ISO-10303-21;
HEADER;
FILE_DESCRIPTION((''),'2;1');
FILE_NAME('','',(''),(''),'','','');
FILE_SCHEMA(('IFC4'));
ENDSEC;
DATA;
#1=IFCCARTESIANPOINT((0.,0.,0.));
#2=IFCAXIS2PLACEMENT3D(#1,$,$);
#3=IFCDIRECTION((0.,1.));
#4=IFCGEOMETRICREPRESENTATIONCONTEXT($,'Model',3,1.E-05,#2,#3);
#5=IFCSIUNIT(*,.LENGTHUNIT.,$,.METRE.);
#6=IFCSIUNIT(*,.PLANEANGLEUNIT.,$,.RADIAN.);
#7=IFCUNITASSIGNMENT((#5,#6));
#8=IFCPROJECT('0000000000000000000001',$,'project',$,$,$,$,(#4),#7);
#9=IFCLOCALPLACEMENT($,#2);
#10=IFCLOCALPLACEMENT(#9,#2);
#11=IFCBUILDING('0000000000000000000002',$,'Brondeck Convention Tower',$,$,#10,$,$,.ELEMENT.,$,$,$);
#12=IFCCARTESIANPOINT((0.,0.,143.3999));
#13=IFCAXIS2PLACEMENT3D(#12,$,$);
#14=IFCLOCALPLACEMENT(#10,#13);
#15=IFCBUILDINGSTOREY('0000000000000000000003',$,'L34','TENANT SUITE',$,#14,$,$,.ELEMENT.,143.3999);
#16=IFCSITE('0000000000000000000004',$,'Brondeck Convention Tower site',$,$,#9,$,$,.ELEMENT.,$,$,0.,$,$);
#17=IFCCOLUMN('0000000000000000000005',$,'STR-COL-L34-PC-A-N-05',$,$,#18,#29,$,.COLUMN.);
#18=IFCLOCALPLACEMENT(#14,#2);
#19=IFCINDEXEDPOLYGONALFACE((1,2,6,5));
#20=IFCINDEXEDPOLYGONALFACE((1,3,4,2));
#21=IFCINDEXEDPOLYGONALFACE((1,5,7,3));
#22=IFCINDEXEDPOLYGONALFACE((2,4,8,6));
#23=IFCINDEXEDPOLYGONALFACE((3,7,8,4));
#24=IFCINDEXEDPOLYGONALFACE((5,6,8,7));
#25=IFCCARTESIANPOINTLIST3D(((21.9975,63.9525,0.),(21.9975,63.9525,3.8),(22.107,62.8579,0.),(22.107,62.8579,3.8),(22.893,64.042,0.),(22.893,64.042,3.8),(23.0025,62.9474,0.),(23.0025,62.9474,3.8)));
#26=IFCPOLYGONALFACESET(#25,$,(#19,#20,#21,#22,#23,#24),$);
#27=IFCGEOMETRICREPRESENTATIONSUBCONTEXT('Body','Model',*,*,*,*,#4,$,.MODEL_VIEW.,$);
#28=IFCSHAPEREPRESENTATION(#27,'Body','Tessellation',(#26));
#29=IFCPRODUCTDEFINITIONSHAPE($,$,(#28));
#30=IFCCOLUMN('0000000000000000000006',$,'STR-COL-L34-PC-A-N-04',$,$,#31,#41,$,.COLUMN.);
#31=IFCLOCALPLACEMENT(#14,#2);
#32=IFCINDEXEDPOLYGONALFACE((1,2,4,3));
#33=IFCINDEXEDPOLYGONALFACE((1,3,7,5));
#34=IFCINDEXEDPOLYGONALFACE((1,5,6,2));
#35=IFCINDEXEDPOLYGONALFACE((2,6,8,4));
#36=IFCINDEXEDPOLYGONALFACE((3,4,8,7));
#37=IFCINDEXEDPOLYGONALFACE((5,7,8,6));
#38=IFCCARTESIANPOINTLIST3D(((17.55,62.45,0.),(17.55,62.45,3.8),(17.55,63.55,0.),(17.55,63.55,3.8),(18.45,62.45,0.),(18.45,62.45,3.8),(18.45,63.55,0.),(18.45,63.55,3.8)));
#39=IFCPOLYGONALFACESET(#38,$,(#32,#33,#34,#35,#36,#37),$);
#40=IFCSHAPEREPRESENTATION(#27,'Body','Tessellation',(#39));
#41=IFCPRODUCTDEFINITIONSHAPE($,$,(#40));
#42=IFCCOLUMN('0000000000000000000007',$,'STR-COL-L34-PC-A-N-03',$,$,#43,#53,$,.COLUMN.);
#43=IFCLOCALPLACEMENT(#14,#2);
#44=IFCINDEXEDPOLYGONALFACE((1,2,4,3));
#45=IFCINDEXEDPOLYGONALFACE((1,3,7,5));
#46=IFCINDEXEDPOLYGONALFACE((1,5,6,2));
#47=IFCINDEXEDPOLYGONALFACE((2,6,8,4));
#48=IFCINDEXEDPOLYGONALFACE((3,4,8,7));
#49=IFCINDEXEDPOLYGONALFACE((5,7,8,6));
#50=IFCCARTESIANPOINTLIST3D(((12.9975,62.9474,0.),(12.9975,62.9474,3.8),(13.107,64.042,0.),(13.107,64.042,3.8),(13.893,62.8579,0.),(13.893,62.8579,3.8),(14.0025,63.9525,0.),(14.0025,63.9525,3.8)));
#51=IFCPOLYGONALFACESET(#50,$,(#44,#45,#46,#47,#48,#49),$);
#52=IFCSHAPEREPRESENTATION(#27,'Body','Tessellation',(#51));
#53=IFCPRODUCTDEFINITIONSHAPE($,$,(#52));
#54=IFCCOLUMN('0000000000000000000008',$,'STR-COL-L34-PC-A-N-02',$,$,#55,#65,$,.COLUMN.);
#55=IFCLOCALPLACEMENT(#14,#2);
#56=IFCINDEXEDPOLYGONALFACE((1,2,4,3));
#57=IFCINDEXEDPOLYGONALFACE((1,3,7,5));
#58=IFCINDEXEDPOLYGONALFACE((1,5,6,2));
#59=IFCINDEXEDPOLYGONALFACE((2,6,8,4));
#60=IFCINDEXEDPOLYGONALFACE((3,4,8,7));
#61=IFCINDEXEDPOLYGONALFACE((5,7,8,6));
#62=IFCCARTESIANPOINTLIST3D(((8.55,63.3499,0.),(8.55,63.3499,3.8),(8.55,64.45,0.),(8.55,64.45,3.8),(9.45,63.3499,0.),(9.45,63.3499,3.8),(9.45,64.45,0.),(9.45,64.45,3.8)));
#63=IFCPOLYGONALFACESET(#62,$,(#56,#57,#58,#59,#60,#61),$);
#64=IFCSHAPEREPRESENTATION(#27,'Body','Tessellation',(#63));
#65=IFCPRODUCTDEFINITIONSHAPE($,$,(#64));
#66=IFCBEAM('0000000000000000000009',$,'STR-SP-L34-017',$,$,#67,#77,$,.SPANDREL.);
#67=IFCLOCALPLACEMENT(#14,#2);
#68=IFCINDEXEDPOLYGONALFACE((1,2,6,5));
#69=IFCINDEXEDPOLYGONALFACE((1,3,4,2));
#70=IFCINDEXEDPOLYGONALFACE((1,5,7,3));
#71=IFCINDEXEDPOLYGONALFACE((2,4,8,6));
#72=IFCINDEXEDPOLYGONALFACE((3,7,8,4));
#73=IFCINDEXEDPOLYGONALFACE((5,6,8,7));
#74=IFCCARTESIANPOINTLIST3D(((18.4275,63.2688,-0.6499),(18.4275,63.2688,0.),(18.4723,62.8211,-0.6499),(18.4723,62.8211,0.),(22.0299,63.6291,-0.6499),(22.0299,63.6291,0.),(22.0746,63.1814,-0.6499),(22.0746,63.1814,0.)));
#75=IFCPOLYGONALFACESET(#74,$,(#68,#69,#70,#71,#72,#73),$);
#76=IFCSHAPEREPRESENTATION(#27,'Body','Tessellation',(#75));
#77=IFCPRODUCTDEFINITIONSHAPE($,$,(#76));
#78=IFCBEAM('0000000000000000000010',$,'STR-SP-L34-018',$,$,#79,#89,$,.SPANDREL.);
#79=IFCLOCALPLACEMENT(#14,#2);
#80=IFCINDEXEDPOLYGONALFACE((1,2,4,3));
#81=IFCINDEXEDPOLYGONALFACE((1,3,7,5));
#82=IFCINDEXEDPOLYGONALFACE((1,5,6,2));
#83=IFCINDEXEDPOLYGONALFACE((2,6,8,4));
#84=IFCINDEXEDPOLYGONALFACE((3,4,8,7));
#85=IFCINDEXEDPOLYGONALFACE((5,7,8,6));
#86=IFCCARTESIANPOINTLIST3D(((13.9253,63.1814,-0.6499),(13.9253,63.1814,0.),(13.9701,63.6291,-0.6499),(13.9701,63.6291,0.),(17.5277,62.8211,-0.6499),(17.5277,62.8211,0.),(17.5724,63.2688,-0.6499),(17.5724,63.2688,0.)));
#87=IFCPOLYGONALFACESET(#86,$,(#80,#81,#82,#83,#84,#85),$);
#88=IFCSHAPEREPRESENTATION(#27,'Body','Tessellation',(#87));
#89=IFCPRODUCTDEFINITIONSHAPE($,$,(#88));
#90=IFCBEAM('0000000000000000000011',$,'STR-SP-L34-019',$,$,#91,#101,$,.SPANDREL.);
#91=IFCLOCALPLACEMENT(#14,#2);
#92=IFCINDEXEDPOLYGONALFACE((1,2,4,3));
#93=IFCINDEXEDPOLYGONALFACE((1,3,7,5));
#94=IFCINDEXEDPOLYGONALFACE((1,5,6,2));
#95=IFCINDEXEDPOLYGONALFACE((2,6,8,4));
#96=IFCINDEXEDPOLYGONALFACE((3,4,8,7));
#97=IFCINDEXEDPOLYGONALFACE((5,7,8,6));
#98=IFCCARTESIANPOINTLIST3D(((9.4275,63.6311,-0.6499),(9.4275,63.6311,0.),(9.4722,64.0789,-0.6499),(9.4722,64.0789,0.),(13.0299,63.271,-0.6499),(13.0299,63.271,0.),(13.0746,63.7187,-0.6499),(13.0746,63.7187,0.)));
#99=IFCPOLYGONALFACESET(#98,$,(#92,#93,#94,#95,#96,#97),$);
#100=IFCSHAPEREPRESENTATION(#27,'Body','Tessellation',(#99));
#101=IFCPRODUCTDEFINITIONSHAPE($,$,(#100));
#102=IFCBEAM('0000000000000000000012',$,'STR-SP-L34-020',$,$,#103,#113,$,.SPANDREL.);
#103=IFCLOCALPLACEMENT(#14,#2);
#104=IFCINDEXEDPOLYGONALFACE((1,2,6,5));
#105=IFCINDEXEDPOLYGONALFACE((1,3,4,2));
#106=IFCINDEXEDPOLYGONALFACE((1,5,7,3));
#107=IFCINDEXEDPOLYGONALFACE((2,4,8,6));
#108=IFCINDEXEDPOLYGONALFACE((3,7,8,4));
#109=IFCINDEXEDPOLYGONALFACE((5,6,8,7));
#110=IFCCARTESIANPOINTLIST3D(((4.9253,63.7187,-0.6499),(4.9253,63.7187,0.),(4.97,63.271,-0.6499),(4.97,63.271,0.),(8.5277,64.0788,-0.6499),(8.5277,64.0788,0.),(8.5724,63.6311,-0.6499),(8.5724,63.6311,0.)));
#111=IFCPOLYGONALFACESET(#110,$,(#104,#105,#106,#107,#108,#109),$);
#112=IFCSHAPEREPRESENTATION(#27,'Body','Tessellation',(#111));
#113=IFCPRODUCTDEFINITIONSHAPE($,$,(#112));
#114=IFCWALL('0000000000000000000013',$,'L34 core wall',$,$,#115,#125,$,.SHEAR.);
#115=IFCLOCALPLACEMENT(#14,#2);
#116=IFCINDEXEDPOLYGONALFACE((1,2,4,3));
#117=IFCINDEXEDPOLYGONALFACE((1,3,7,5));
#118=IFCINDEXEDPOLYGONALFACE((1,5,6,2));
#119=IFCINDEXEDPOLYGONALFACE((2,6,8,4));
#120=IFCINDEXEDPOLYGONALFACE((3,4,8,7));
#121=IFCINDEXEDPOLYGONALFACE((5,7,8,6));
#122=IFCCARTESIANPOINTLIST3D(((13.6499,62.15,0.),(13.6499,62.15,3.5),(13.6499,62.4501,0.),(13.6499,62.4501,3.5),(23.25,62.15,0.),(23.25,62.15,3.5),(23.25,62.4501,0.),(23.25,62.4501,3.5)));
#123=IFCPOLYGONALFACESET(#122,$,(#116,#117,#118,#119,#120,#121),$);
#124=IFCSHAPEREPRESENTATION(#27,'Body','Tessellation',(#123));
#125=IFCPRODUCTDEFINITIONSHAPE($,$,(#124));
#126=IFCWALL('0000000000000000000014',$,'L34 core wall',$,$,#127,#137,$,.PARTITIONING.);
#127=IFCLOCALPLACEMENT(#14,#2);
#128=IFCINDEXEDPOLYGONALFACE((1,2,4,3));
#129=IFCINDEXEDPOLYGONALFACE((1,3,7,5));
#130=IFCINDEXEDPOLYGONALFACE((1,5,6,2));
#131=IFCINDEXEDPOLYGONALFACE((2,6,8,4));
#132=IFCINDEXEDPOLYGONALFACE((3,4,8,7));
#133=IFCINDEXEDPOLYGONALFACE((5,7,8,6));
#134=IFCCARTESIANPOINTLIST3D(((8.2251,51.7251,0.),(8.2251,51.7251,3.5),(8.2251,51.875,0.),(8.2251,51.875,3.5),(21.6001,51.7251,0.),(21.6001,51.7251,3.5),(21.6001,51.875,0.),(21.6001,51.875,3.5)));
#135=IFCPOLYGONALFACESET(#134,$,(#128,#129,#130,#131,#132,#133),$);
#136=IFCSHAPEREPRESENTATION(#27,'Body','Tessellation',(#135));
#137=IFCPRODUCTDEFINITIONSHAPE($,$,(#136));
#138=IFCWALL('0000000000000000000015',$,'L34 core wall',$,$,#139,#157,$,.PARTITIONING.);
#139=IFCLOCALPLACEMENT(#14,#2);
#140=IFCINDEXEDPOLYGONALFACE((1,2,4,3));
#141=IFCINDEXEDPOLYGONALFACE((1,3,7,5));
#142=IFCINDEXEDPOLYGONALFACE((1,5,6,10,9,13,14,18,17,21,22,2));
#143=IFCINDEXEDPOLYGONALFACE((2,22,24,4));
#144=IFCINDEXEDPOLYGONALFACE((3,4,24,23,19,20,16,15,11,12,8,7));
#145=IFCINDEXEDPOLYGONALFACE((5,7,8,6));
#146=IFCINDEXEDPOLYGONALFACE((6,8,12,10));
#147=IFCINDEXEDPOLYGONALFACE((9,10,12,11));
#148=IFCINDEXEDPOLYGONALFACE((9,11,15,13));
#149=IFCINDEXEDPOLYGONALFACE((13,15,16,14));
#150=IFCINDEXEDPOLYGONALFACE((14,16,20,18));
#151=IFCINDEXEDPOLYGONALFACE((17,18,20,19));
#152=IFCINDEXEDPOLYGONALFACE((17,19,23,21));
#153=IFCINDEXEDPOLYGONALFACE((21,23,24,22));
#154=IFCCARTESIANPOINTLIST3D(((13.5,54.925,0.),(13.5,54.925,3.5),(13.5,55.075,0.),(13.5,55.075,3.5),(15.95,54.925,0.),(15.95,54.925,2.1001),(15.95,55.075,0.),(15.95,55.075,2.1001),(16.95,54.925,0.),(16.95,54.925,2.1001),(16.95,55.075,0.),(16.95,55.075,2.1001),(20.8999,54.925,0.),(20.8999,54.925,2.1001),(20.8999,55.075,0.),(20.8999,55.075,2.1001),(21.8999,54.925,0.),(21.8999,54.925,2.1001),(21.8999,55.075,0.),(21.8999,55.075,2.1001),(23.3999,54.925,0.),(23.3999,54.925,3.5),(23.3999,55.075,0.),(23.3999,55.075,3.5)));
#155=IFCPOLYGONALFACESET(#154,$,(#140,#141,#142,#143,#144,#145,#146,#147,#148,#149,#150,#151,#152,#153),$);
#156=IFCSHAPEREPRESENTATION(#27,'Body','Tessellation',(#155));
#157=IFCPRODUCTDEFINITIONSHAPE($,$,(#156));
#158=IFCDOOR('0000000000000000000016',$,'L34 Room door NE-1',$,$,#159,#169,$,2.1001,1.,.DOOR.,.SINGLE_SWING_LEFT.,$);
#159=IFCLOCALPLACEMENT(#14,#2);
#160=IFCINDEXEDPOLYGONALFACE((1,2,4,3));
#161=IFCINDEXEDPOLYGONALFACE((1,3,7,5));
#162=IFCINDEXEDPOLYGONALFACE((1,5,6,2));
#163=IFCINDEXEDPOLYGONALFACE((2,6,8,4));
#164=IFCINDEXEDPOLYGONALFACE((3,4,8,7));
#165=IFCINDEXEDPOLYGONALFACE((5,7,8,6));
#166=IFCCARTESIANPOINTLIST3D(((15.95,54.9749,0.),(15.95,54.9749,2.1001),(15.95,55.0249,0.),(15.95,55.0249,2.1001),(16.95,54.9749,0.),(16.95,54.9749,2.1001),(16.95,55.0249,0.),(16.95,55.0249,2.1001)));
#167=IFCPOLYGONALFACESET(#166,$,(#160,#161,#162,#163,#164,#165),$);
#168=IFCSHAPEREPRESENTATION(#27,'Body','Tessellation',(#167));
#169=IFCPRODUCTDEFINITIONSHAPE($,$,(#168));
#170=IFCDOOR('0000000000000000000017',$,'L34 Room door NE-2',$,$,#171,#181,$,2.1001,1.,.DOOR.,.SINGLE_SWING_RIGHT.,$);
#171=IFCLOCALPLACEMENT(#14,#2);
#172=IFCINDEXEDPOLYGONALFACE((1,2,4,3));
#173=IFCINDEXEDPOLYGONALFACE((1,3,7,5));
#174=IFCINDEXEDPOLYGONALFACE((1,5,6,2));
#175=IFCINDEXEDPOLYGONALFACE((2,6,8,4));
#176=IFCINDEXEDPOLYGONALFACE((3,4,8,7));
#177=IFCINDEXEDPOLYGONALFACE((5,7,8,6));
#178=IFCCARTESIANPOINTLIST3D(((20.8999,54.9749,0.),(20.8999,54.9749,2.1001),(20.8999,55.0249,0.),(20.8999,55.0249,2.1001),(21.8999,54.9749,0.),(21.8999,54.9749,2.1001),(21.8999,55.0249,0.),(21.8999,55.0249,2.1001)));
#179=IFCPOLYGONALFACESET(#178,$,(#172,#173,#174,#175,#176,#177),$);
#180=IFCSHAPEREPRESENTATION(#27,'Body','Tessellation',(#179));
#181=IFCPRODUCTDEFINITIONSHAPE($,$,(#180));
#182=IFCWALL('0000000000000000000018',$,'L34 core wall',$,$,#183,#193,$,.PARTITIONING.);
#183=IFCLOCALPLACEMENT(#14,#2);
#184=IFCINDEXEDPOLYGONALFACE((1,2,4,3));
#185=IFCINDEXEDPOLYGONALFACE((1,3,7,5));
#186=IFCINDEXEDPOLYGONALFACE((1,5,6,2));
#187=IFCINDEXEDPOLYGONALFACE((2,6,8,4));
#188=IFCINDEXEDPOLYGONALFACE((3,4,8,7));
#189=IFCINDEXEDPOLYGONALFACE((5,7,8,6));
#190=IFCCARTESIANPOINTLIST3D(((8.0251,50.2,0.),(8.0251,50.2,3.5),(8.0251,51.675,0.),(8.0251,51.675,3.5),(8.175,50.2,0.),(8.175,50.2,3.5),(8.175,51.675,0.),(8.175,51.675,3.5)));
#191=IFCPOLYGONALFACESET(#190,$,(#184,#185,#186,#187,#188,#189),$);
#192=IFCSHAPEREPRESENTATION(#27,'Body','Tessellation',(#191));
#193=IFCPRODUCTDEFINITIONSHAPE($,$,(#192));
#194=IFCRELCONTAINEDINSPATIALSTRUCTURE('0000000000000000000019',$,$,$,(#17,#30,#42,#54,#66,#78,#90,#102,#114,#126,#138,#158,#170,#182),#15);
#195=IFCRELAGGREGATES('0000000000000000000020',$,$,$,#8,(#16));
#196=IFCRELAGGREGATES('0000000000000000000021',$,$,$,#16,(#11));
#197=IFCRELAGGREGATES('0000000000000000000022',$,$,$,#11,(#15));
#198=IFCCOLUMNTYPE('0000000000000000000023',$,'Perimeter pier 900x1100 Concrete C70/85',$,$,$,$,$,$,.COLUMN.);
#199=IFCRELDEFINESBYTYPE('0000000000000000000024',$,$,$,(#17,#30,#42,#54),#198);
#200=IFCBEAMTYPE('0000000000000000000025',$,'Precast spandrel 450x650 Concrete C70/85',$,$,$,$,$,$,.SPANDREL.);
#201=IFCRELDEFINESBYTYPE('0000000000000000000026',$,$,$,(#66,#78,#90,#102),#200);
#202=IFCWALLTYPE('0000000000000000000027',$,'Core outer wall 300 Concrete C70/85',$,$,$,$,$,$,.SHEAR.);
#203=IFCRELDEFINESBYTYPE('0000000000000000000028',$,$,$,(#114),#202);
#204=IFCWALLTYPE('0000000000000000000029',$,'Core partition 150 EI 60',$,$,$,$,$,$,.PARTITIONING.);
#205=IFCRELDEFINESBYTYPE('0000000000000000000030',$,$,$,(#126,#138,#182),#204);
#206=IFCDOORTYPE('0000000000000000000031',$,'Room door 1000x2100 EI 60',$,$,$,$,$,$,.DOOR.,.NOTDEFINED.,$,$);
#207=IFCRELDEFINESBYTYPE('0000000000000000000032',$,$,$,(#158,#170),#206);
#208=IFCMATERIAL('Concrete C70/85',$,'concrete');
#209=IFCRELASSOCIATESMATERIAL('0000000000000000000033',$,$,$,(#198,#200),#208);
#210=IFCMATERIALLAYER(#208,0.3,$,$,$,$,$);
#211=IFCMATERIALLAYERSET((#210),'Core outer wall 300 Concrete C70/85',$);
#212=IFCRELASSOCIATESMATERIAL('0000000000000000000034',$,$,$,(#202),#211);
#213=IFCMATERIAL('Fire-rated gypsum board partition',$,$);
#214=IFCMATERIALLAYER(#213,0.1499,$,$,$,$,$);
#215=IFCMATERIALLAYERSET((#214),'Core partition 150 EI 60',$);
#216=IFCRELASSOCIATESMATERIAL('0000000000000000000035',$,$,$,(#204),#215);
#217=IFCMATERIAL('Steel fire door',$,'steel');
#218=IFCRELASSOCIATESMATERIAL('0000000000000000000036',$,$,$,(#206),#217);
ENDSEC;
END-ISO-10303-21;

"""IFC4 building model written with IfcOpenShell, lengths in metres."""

from ifc_helpers import new_model, si_unit, direction, frame, frame_2d, origin, origin_2d, place, context, subcontext, project, spatial, rectangle, extrude, material, layer, layer_set, material_profile, profile_set, type_object, element, fill, save


model = new_model("IFC4")

# Units and contexts
model_context = context("Model", 3, precision=1e-05, world=origin(), true_north=direction((0.0, 1.0)))
body_context = subcontext(model_context, "Body", "Model", "MODEL_VIEW")
ifc_project = project(units=[si_unit("LENGTHUNIT", "METRE"), si_unit("PLANEANGLEUNIT", "RADIAN")], contexts=[model_context])

# Site, building, storey
site_placement = place(None, origin())
site = spatial("IfcSite", under=ifc_project, at=site_placement, Name="Brondeck Convention Tower site", CompositionType="ELEMENT", RefElevation=0.0)
building_placement = place(site_placement, origin())
building = spatial("IfcBuilding", under=site, at=building_placement, Name="Brondeck Convention Tower", CompositionType="ELEMENT")
storey_placement = place(building_placement, frame((0.0, 0.0, 143.3999)))
storey = spatial("IfcBuildingStorey", under=building, at=storey_placement, Name="L34", Description="TENANT SUITE", CompositionType="ELEMENT", Elevation=143.3999)

# Columns
ifc_material_1 = material(Name="Concrete C70/85", Category="concrete")
ifc_material_profile_1 = material_profile(ifc_material_1, rectangle(XDim=0.8999, YDim=1.1001, at=origin_2d()), Name="Perimeter pier 900x1100 Concrete C70/85")
ifc_profile_set_1 = profile_set([ifc_material_profile_1], Name="Concrete C70/85")
column_type = type_object("IfcColumnType", Name="Perimeter pier 900x1100 Concrete C70/85", PredefinedType="COLUMN", material=ifc_profile_set_1)
for number, where, z_axis, x_axis, name in (
    (1, (22.5, 63.45, 0.0), (0.0, 0.0, 1.0), (-0.995037, -0.099504, 0.0), "STR-COL-L34-PC-A-N-05"),
    (2, (18.0, 63.0, 0.0), (0.0, 0.0, 1.0), (-1.0, 0.0, 0.0), "STR-COL-L34-PC-A-N-04"),
    (3, (13.5, 63.45, 0.0), (0.0, 0.0, 1.0), (-0.995037, 0.099504, 0.0), "STR-COL-L34-PC-A-N-03"),
    (4, (9.0, 63.8999, 0.0), (0.0, 0.0, 1.0), (-1.0, 0.0, 0.0), "STR-COL-L34-PC-A-N-02"),
):
    element("IfcColumn", number, at=place(storey_placement, frame(where, z_axis=z_axis, x_axis=x_axis)), inside=storey, type_object=column_type, Name=name, PredefinedType="COLUMN", context=body_context, shape_type="SweptSolid", body=[
        extrude(rectangle(XDim=0.8999, YDim=1.1001, at=origin_2d()), origin(), (0.0, 0.0, 1.0), 3.8),
    ])

# Beams
ifc_material_profile_2 = material_profile(ifc_material_1, rectangle(XDim=0.45, YDim=0.6499, at=origin_2d()), Name="Precast spandrel 450x650 Concrete C70/85")
ifc_profile_set_2 = profile_set([ifc_material_profile_2], Name="Concrete C70/85")
beam_type = type_object("IfcBeamType", Name="Precast spandrel 450x650 Concrete C70/85", PredefinedType="SPANDREL", material=ifc_profile_set_2)
for number, where, z_axis, x_axis, name in (
    (5, (22.0522, 63.4053, -0.325), (-0.995034, -0.099537, 0.0), (0.099537, -0.995034, 0.0), "STR-SP-L34-017"),
    (6, (17.55, 63.0449, -0.325), (-0.995034, 0.099537, 0.0), (-0.099537, -0.995034, 0.0), "STR-SP-L34-018"),
    (7, (13.0522, 63.4949, -0.325), (-0.995041, 0.09947, 0.0), (-0.09947, -0.995041, 0.0), "STR-SP-L34-019"),
    (8, (8.55, 63.855, -0.325), (-0.995041, -0.09947, 0.0), (0.09947, -0.995041, 0.0), "STR-SP-L34-020"),
):
    element("IfcBeam", number, at=place(storey_placement, frame(where, z_axis=z_axis, x_axis=x_axis)), inside=storey, type_object=beam_type, Name=name, PredefinedType="SPANDREL", context=body_context, shape_type="SweptSolid", body=[
        extrude(rectangle(XDim=0.45, YDim=0.6499, at=origin_2d()), origin(), (0.0, 0.0, 1.0), 3.6204),
    ])

# Walls
ifc_layer_1 = layer(ifc_material_1, 0.3)
ifc_layer_set_1 = layer_set([ifc_layer_1], Name="Core outer wall 300 Concrete C70/85")
wall_type_1 = type_object("IfcWallType", Name="Core outer wall 300 Concrete C70/85", PredefinedType="SHEAR", material=ifc_layer_set_1)
wall_1_placement = place(storey_placement, frame((13.6499, 62.3, 0.0), z_axis=(0.0, 0.0, 1.0), x_axis=(1.0, 0.0, 0.0)))
element("IfcWall", 9, at=wall_1_placement, inside=storey, type_object=wall_type_1, Name="L34 core wall", PredefinedType="SHEAR", context=body_context, shape_type="SweptSolid", body=[
    extrude(rectangle(XDim=9.6001, YDim=0.3, at=frame_2d((4.8, 0.0))), origin(), (0.0, 0.0, 1.0), 3.5),
])
ifc_material_2 = material(Name="Fire-rated gypsum board partition")
ifc_layer_2 = layer(ifc_material_2, 0.1499)
ifc_layer_set_2 = layer_set([ifc_layer_2], Name="Core partition 150 EI 60")
wall_type_2 = type_object("IfcWallType", Name="Core partition 150 EI 60", PredefinedType="PARTITIONING", material=ifc_layer_set_2)
wall_2_placement = place(storey_placement, frame((8.2251, 51.8, 0.0), z_axis=(0.0, 0.0, 1.0), x_axis=(1.0, 0.0, 0.0)))
element("IfcWall", 10, at=wall_2_placement, inside=storey, type_object=wall_type_2, Name="L34 core wall", PredefinedType="PARTITIONING", context=body_context, shape_type="SweptSolid", body=[
    extrude(rectangle(XDim=13.375, YDim=0.1499, at=frame_2d((6.6875, 0.0))), origin(), (0.0, 0.0, 1.0), 3.5),
])

# Wall, openings, doors
wall_3_placement = place(storey_placement, frame((13.5, 55.0, 0.0), z_axis=(0.0, 0.0, 1.0), x_axis=(1.0, 0.0, 0.0)))
wall_3 = element("IfcWall", 11, at=wall_3_placement, inside=storey, type_object=wall_type_2, Name="L34 core wall", PredefinedType="PARTITIONING", context=body_context, shape_type="SweptSolid", body=[
    extrude(rectangle(XDim=9.8999, YDim=0.1499, at=frame_2d((4.95, 0.0))), origin(), (0.0, 0.0, 1.0), 3.5),
])
opening_1_placement = place(wall_3_placement, frame((2.45, 0.0, 0.0)))
opening_1 = element("IfcOpeningElement", 12, at=opening_1_placement, cuts=wall_3, PredefinedType="OPENING", context=body_context, shape_type="SweptSolid", body=[
    extrude(rectangle(XDim=1.0, YDim=2.1001, at=frame_2d((0.5, 1.05))), frame((0.0, 0.085, 0.0), z_axis=(0.0, -1.0, 0.0), x_axis=(1.0, 0.0, 0.0)), (0.0, 0.0, 1.0), 0.1699),
])
opening_2_placement = place(wall_3_placement, frame((7.3999, 0.0, 0.0)))
opening_2 = element("IfcOpeningElement", 13, at=opening_2_placement, cuts=wall_3, PredefinedType="OPENING", context=body_context, shape_type="SweptSolid", body=[
    extrude(rectangle(XDim=1.0, YDim=2.1001, at=frame_2d((0.5, 1.05))), frame((0.0, 0.085, 0.0), z_axis=(0.0, -1.0, 0.0), x_axis=(1.0, 0.0, 0.0)), (0.0, 0.0, 1.0), 0.1699),
])
ifc_material_3 = material(Name="Steel fire door", Category="steel")
door_type_1 = type_object("IfcDoorType", Name="Room door 1000x2100 EI 60", OperationType="NOTDEFINED", PredefinedType="DOOR", material=ifc_material_3)
door_1_placement = place(opening_1_placement, origin())
door_1 = element("IfcDoor", 14, at=door_1_placement, inside=storey, type_object=door_type_1, Name="L34 Room door NE-1", OperationType="SINGLE_SWING_LEFT", OverallHeight=2.1001, OverallWidth=1.0, PredefinedType="DOOR", context=body_context, shape_type="SweptSolid", body=[
    extrude(rectangle(XDim=1.0, YDim=2.1001, at=frame_2d((0.5, 1.05))), frame((0.0, 0.0249, 0.0), z_axis=(0.0, -1.0, 0.0), x_axis=(1.0, 0.0, 0.0)), (0.0, 0.0, 1.0), 0.05),
])
fill(opening_1, door_1)
door_2_placement = place(opening_2_placement, origin())
door_2 = element("IfcDoor", 15, at=door_2_placement, inside=storey, type_object=door_type_1, Name="L34 Room door NE-2", OperationType="SINGLE_SWING_RIGHT", OverallHeight=2.1001, OverallWidth=1.0, PredefinedType="DOOR", context=body_context, shape_type="SweptSolid", body=[
    extrude(rectangle(XDim=1.0, YDim=2.1001, at=frame_2d((0.5, 1.05))), frame((0.0, 0.0249, 0.0), z_axis=(0.0, -1.0, 0.0), x_axis=(1.0, 0.0, 0.0)), (0.0, 0.0, 1.0), 0.05),
])
fill(opening_2, door_2)

# Wall
wall_4_placement = place(storey_placement, frame((8.1001, 50.2, 0.0), z_axis=(0.0, 0.0, 1.0), x_axis=(0.0, 1.0, 0.0)))
element("IfcWall", 16, at=wall_4_placement, inside=storey, type_object=wall_type_2, Name="L34 core wall", PredefinedType="PARTITIONING", context=body_context, shape_type="SweptSolid", body=[
    extrude(rectangle(XDim=1.4751, YDim=0.1499, at=frame_2d((0.7375, 0.0))), origin(), (0.0, 0.0, 1.0), 3.5),
])

save(model, "model.ifc")
